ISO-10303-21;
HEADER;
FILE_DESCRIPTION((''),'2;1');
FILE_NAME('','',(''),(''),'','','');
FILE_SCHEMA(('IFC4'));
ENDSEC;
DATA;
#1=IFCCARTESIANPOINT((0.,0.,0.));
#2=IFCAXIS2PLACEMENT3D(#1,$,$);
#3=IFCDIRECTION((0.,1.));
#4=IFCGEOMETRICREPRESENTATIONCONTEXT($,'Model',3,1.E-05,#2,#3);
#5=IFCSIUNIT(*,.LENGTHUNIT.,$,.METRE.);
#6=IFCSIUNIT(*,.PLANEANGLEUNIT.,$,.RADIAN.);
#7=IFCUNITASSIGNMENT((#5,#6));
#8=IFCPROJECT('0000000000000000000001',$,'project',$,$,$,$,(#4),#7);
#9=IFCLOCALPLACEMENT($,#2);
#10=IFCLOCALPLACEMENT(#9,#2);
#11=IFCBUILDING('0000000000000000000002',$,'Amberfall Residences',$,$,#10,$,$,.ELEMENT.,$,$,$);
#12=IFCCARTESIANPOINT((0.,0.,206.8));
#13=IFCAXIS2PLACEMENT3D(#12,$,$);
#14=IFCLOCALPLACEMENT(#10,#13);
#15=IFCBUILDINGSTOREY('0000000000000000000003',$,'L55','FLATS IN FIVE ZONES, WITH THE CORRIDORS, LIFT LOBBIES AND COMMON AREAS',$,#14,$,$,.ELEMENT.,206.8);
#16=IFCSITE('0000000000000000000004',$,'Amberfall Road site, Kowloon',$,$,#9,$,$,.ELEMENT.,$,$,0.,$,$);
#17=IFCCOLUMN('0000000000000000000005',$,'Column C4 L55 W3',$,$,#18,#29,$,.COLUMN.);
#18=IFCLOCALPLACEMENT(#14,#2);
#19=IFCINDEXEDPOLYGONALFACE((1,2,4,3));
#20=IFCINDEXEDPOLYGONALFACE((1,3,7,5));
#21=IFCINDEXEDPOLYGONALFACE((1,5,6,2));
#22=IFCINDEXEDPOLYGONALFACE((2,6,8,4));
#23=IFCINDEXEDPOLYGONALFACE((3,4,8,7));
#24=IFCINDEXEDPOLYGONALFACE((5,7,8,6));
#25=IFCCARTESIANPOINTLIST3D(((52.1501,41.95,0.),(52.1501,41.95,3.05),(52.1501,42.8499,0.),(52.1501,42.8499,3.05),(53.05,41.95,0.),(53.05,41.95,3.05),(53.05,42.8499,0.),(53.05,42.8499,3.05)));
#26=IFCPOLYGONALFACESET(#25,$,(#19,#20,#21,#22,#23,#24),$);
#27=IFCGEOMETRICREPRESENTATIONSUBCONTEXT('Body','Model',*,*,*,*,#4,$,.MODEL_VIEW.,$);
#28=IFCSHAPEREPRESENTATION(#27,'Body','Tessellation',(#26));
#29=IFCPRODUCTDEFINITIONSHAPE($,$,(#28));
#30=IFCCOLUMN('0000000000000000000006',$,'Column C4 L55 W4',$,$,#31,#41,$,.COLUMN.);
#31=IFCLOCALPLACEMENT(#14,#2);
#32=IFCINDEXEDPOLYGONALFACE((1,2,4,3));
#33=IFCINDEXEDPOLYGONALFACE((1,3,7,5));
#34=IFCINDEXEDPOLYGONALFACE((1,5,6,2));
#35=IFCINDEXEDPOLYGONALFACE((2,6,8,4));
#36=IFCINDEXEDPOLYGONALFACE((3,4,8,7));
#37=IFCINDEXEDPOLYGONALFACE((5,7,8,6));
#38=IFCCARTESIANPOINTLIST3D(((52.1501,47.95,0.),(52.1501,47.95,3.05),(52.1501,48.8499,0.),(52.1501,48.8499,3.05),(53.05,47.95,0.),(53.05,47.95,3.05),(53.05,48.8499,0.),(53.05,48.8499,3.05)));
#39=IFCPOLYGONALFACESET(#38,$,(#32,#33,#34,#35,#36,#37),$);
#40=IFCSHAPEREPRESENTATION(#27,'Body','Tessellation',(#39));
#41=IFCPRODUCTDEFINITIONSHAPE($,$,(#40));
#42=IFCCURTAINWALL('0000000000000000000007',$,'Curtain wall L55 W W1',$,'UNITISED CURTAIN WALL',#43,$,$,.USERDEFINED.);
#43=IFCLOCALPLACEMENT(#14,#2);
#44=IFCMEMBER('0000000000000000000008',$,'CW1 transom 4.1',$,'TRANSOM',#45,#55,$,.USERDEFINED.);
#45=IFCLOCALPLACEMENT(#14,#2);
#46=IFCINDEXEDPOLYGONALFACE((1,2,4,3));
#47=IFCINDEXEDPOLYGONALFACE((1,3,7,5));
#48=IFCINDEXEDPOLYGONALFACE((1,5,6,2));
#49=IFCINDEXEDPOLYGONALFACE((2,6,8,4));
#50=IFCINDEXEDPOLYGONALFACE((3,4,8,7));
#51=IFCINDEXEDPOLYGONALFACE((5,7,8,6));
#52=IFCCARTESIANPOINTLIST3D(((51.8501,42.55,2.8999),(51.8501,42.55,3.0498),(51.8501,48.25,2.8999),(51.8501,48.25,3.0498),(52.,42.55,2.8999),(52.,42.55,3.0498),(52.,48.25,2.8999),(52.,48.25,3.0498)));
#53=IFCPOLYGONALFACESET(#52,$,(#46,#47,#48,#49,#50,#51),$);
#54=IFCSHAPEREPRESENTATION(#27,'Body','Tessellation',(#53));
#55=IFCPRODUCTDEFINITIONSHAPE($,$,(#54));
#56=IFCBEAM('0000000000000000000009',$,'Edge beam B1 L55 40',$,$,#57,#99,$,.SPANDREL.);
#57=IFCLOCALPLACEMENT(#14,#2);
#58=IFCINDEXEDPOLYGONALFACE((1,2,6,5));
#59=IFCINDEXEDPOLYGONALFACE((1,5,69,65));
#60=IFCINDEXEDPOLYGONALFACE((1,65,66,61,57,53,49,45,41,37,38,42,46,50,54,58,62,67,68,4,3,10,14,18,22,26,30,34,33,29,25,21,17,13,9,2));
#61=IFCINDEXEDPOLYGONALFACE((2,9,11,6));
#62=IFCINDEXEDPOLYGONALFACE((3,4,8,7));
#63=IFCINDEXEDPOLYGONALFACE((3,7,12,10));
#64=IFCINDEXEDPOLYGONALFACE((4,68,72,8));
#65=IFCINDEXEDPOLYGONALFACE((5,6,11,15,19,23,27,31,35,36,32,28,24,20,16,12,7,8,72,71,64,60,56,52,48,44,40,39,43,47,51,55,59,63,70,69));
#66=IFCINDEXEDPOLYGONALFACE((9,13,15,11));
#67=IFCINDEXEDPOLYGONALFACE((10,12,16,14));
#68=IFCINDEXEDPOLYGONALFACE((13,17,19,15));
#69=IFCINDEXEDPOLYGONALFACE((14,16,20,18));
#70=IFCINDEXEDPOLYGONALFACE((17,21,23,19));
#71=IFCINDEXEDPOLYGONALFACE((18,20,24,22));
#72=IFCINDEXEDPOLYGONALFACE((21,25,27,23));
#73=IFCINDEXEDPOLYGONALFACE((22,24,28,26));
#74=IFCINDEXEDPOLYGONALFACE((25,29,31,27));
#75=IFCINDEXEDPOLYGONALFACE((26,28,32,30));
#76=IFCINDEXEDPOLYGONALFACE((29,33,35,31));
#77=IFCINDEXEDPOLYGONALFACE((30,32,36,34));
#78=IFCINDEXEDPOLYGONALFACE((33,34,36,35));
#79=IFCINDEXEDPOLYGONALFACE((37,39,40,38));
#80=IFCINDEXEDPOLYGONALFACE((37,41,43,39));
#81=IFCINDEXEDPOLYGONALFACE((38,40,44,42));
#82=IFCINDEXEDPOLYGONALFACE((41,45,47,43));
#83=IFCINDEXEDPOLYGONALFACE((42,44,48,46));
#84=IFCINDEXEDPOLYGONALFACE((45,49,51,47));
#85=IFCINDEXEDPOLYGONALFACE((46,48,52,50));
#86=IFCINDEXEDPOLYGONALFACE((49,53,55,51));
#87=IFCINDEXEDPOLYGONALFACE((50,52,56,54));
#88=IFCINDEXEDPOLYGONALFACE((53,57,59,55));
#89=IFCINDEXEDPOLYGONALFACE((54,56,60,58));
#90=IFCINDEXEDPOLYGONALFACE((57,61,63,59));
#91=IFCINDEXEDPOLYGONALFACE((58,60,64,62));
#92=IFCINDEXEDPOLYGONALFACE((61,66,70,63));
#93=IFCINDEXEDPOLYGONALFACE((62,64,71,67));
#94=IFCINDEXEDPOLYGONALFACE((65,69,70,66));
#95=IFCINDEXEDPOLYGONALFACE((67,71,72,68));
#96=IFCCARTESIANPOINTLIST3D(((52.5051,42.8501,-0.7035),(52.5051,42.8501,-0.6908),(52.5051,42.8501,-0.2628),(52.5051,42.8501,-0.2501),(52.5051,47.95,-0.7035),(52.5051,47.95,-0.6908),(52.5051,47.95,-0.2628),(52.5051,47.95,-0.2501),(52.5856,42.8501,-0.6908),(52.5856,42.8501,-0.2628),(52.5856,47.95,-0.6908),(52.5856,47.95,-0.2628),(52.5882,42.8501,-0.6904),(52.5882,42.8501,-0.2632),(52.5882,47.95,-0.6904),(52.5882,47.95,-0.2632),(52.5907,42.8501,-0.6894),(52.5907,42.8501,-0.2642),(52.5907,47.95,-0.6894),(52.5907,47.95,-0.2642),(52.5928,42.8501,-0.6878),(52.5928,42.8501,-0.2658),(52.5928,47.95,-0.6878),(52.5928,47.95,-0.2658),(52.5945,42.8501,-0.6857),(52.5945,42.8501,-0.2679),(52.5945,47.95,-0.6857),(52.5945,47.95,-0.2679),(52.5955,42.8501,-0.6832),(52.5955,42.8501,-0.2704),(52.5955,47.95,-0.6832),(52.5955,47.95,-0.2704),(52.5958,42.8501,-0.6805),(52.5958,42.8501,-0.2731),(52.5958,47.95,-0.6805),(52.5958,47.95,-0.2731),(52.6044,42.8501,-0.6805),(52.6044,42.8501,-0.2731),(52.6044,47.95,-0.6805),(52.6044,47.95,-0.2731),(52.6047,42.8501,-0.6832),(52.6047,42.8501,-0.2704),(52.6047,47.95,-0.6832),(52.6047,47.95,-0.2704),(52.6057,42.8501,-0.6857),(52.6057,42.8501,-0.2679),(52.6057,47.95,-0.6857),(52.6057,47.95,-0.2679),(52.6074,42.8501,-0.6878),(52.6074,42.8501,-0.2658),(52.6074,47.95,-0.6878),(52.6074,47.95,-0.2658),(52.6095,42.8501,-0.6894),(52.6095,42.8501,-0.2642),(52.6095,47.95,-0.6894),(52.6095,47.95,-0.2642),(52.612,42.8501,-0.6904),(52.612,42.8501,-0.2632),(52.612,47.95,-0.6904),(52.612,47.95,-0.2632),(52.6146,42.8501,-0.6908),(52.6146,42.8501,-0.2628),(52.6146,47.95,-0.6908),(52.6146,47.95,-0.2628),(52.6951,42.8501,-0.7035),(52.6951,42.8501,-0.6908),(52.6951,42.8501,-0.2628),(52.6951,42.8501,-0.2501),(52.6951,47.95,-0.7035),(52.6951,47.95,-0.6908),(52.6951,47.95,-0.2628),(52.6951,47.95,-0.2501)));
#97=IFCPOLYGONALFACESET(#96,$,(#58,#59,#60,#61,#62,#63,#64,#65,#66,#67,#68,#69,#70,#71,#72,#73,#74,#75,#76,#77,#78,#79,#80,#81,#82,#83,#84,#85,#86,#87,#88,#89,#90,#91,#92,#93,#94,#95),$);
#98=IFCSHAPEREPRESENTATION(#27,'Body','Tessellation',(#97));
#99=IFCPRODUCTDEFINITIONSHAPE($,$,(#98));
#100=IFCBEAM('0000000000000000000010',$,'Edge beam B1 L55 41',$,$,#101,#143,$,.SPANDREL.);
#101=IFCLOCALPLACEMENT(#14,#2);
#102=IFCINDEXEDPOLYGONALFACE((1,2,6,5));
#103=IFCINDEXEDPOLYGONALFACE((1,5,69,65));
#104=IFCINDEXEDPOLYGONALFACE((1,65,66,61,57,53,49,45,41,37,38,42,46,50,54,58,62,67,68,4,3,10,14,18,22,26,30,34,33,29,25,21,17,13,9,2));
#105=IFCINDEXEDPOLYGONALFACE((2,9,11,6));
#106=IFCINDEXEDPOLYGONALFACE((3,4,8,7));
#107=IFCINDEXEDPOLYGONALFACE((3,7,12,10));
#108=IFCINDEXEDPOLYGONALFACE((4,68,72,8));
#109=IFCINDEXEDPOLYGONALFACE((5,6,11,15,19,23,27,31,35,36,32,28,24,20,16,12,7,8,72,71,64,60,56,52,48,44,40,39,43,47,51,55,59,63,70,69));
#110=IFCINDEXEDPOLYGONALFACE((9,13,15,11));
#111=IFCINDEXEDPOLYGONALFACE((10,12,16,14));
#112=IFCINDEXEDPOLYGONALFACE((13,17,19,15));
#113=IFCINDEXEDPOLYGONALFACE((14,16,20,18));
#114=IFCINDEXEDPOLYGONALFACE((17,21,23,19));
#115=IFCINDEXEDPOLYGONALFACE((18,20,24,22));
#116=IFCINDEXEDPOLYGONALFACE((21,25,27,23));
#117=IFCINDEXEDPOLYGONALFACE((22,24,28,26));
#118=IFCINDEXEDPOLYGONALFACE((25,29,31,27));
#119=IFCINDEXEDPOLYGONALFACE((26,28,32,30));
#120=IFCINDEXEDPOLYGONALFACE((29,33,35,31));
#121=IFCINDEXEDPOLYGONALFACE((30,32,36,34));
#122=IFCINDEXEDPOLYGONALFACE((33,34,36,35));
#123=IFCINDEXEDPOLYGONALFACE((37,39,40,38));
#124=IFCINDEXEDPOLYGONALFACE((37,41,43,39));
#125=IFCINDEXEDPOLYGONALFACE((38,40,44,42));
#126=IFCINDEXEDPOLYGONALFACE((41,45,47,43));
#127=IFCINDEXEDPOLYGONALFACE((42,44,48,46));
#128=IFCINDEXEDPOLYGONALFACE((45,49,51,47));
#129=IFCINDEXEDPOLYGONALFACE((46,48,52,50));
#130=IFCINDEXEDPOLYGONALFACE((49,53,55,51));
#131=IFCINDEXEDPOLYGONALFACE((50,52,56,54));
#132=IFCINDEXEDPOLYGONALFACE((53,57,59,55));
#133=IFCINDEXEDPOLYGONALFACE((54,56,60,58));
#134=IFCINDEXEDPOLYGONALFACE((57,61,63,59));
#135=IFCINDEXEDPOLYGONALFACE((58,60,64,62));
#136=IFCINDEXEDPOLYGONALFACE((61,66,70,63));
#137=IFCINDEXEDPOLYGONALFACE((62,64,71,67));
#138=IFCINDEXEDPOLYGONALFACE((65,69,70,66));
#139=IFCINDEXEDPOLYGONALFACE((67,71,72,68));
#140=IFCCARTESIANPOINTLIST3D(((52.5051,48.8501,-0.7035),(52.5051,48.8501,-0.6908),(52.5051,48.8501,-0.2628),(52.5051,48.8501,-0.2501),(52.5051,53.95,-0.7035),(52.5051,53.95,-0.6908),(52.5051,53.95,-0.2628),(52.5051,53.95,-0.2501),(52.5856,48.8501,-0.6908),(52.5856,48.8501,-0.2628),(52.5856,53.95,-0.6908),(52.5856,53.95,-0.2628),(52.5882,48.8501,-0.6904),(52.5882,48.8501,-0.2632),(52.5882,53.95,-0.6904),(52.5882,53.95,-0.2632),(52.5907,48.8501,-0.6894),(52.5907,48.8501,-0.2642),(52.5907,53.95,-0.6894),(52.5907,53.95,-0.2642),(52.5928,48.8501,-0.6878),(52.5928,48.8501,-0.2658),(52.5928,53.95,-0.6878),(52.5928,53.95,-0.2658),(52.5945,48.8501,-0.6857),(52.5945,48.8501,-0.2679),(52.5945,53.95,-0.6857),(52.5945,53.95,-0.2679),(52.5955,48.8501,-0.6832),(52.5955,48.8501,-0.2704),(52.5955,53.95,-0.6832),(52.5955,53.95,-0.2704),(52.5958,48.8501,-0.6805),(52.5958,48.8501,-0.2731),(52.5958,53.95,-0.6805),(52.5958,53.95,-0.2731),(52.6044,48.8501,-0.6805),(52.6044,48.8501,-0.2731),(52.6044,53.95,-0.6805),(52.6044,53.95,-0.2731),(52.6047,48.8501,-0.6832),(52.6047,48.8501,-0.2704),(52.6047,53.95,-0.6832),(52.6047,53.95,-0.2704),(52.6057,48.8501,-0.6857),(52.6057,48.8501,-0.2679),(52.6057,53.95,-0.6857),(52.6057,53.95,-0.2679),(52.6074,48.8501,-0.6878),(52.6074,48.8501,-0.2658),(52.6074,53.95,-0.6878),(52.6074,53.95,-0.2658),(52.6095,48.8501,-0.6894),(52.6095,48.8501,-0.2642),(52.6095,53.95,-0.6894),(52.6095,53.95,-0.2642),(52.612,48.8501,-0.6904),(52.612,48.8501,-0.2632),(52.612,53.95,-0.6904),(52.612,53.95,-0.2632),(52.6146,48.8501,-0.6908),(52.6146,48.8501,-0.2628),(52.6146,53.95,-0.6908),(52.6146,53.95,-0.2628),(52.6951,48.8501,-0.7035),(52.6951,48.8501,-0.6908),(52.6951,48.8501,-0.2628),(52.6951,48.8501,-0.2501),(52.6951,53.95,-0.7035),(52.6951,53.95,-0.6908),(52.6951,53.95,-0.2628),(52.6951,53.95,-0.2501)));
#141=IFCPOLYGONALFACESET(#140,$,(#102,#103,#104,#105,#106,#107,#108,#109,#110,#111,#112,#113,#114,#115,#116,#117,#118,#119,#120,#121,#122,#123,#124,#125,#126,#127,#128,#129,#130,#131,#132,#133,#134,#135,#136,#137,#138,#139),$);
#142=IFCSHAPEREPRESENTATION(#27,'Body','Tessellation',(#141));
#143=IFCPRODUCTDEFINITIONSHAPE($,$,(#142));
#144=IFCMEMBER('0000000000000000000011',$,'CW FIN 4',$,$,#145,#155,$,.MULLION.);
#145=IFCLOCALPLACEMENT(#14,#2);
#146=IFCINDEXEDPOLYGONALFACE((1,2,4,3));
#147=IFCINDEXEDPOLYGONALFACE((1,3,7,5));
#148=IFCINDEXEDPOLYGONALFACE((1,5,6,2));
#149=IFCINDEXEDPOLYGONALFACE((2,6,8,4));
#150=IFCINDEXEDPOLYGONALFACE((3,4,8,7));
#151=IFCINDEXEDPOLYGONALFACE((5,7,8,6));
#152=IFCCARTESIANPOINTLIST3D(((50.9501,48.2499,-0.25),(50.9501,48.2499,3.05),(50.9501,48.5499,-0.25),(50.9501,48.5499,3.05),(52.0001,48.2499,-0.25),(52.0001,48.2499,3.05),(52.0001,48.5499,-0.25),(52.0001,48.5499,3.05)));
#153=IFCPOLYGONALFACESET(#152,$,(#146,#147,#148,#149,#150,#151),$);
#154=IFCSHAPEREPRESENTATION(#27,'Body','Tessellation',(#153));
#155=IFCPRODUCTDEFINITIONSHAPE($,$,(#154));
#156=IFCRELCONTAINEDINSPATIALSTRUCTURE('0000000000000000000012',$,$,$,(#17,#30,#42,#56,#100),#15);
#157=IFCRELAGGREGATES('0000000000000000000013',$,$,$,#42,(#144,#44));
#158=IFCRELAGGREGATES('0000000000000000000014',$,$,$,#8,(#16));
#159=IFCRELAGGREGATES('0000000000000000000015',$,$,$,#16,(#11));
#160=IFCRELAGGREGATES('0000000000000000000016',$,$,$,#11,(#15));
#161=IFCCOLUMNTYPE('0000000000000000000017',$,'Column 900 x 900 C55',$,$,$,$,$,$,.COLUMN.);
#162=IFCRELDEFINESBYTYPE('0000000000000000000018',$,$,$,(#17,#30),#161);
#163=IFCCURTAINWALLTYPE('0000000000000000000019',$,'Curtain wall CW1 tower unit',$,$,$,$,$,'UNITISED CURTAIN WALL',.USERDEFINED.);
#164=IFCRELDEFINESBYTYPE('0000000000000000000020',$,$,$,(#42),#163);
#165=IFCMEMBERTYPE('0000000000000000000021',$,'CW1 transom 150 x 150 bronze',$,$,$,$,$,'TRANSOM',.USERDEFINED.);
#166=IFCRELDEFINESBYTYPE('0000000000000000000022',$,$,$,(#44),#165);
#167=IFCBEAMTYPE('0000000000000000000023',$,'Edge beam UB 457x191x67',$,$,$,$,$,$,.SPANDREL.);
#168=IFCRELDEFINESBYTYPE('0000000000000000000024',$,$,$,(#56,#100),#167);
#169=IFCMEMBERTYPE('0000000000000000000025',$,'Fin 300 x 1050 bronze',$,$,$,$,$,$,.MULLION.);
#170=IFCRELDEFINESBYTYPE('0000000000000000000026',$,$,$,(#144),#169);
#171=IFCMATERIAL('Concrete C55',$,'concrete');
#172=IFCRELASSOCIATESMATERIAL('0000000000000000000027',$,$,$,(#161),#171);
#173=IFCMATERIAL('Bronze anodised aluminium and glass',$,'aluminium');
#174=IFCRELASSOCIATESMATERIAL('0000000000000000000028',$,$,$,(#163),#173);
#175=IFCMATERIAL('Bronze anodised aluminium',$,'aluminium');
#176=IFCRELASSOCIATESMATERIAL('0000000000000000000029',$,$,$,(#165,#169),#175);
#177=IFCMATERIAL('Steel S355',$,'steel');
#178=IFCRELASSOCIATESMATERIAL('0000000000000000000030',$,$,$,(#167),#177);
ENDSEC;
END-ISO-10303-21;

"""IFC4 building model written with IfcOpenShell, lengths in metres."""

from ifc_helpers import new_model, si_unit, direction, frame, origin, origin_2d, place, context, subcontext, project, spatial, rectangle, i_section, extrude, material, material_profile, profile_set, type_object, element, aggregate, save


model = new_model("IFC4")

# Units and contexts
model_context = context("Model", 3, precision=1e-05, world=origin(), true_north=direction((0.0, 1.0)))
body_context = subcontext(model_context, "Body", "Model", "MODEL_VIEW")
ifc_project = project(units=[si_unit("LENGTHUNIT", "METRE"), si_unit("PLANEANGLEUNIT", "RADIAN")], contexts=[model_context])

# Site, building, storey
site_placement = place(None, origin())
site = spatial("IfcSite", under=ifc_project, at=site_placement, Name="Amberfall Road site, Kowloon", CompositionType="ELEMENT", RefElevation=0.0)
building_placement = place(site_placement, origin())
building = spatial("IfcBuilding", under=site, at=building_placement, Name="Amberfall Residences", CompositionType="ELEMENT")
storey_placement = place(building_placement, frame((0.0, 0.0, 206.8)))
storey = spatial("IfcBuildingStorey", under=building, at=storey_placement, Name="L55", Description="FLATS IN FIVE ZONES, WITH THE CORRIDORS, LIFT LOBBIES AND COMMON AREAS", CompositionType="ELEMENT", Elevation=206.8)

# Columns
ifc_material_1 = material(Name="Concrete C55", Category="concrete")
ifc_material_profile_1 = material_profile(ifc_material_1, rectangle(XDim=0.8999, YDim=0.8999, at=origin_2d()), Name="Column 900 x 900 C55")
ifc_profile_set_1 = profile_set([ifc_material_profile_1], Name="Concrete C55")
column_type = type_object("IfcColumnType", Name="Column 900 x 900 C55", PredefinedType="COLUMN", material=ifc_profile_set_1)
for number, where, z_axis, x_axis, name in (
    (1, (52.6001, 42.3999, 0.0), (0.0, 0.0, 1.0), (1.0, 0.0, 0.0), "Column C4 L55 W3"),
    (2, (52.6001, 48.3999, 0.0), (0.0, 0.0, 1.0), (1.0, 0.0, 0.0), "Column C4 L55 W4"),
):
    element("IfcColumn", number, at=place(storey_placement, frame(where, z_axis=z_axis, x_axis=x_axis)), inside=storey, type_object=column_type, Name=name, PredefinedType="COLUMN", context=body_context, shape_type="SweptSolid", body=[
        extrude(rectangle(XDim=0.8999, YDim=0.8999, at=origin_2d()), origin(), (0.0, 0.0, 1.0), 3.05),
    ])

# Curtain wall, member
ifc_material_2 = material(Name="Bronze anodised aluminium and glass", Category="aluminium")
curtain_wall_type = type_object("IfcCurtainWallType", Name="Curtain wall CW1 tower unit", ElementType="UNITISED CURTAIN WALL", PredefinedType="USERDEFINED", material=ifc_material_2)
curtain_wall_placement = place(storey_placement, origin())
curtain_wall = element("IfcCurtainWall", 3, at=curtain_wall_placement, inside=storey, type_object=curtain_wall_type, Name="Curtain wall L55 W W1", ObjectType="UNITISED CURTAIN WALL", PredefinedType="USERDEFINED")
ifc_material_3 = material(Name="Bronze anodised aluminium", Category="aluminium")
ifc_material_profile_2 = material_profile(ifc_material_3, rectangle(XDim=0.1499, YDim=0.1499, at=origin_2d()), Name="CW1 transom 150 x 150 bronze")
ifc_profile_set_2 = profile_set([ifc_material_profile_2], Name="Bronze anodised aluminium")
member_type_1 = type_object("IfcMemberType", Name="CW1 transom 150 x 150 bronze", ElementType="TRANSOM", PredefinedType="USERDEFINED", material=ifc_profile_set_2)
member_1_placement = place(storey_placement, frame((51.925, 48.25, 2.9749), z_axis=(0.0, -1.0, 0.0), x_axis=(1.0, 0.0, 0.0)))
member_1 = element("IfcMember", 4, at=member_1_placement, type_object=member_type_1, Name="CW1 transom 4.1", ObjectType="TRANSOM", PredefinedType="USERDEFINED", context=body_context, shape_type="SweptSolid", body=[
    extrude(rectangle(XDim=0.1499, YDim=0.1499, at=origin_2d()), origin(), (0.0, 0.0, 1.0), 5.7),
])

# Beams
ifc_material_4 = material(Name="Steel S355", Category="steel")
ifc_material_profile_3 = material_profile(ifc_material_4, i_section(OverallWidth=0.1899, OverallDepth=0.4534, WebThickness=0.0085, FlangeThickness=0.0127, FilletRadius=0.0103, at=origin_2d()), Name="UB 457x191x67")
ifc_profile_set_3 = profile_set([ifc_material_profile_3], Name="Steel S355")
beam_type_1 = type_object("IfcBeamType", Name="Edge beam UB 457x191x67", PredefinedType="SPANDREL", material=ifc_profile_set_3)
for number, where, z_axis, x_axis, name in (
    (5, (52.6001, 42.8501, -0.4768), (0.0, 1.0, 0.0), (-1.0, 0.0, 0.0), "Edge beam B1 L55 40"),
    (6, (52.6001, 48.8501, -0.4768), (0.0, 1.0, 0.0), (-1.0, 0.0, 0.0), "Edge beam B1 L55 41"),
):
    element("IfcBeam", number, at=place(storey_placement, frame(where, z_axis=z_axis, x_axis=x_axis)), inside=storey, type_object=beam_type_1, Name=name, PredefinedType="SPANDREL", context=body_context, shape_type="SweptSolid", body=[
        extrude(i_section(OverallWidth=0.1899, OverallDepth=0.4534, WebThickness=0.0085, FlangeThickness=0.0127, FilletRadius=0.0103, at=origin_2d()), origin(), (0.0, 0.0, 1.0), 5.0999),
    ])

# Member
ifc_material_profile_4 = material_profile(ifc_material_3, rectangle(XDim=1.05, YDim=0.3, at=origin_2d()), Name="Fin 300 x 1050 bronze")
ifc_profile_set_4 = profile_set([ifc_material_profile_4], Name="Bronze anodised aluminium")
member_type_2 = type_object("IfcMemberType", Name="Fin 300 x 1050 bronze", PredefinedType="MULLION", material=ifc_profile_set_4)
member_2_placement = place(storey_placement, frame((51.4751, 48.3999, -0.25), z_axis=(0.0, 0.0, 1.0), x_axis=(1.0, 0.0, 0.0)))
member_2 = element("IfcMember", 7, at=member_2_placement, type_object=member_type_2, Name="CW FIN 4", PredefinedType="MULLION", context=body_context, shape_type="SweptSolid", body=[
    extrude(rectangle(XDim=1.05, YDim=0.3, at=origin_2d()), origin(), (0.0, 0.0, 1.0), 3.3),
])

aggregate(curtain_wall, [member_2, member_1])

save(model, "model.ifc")
